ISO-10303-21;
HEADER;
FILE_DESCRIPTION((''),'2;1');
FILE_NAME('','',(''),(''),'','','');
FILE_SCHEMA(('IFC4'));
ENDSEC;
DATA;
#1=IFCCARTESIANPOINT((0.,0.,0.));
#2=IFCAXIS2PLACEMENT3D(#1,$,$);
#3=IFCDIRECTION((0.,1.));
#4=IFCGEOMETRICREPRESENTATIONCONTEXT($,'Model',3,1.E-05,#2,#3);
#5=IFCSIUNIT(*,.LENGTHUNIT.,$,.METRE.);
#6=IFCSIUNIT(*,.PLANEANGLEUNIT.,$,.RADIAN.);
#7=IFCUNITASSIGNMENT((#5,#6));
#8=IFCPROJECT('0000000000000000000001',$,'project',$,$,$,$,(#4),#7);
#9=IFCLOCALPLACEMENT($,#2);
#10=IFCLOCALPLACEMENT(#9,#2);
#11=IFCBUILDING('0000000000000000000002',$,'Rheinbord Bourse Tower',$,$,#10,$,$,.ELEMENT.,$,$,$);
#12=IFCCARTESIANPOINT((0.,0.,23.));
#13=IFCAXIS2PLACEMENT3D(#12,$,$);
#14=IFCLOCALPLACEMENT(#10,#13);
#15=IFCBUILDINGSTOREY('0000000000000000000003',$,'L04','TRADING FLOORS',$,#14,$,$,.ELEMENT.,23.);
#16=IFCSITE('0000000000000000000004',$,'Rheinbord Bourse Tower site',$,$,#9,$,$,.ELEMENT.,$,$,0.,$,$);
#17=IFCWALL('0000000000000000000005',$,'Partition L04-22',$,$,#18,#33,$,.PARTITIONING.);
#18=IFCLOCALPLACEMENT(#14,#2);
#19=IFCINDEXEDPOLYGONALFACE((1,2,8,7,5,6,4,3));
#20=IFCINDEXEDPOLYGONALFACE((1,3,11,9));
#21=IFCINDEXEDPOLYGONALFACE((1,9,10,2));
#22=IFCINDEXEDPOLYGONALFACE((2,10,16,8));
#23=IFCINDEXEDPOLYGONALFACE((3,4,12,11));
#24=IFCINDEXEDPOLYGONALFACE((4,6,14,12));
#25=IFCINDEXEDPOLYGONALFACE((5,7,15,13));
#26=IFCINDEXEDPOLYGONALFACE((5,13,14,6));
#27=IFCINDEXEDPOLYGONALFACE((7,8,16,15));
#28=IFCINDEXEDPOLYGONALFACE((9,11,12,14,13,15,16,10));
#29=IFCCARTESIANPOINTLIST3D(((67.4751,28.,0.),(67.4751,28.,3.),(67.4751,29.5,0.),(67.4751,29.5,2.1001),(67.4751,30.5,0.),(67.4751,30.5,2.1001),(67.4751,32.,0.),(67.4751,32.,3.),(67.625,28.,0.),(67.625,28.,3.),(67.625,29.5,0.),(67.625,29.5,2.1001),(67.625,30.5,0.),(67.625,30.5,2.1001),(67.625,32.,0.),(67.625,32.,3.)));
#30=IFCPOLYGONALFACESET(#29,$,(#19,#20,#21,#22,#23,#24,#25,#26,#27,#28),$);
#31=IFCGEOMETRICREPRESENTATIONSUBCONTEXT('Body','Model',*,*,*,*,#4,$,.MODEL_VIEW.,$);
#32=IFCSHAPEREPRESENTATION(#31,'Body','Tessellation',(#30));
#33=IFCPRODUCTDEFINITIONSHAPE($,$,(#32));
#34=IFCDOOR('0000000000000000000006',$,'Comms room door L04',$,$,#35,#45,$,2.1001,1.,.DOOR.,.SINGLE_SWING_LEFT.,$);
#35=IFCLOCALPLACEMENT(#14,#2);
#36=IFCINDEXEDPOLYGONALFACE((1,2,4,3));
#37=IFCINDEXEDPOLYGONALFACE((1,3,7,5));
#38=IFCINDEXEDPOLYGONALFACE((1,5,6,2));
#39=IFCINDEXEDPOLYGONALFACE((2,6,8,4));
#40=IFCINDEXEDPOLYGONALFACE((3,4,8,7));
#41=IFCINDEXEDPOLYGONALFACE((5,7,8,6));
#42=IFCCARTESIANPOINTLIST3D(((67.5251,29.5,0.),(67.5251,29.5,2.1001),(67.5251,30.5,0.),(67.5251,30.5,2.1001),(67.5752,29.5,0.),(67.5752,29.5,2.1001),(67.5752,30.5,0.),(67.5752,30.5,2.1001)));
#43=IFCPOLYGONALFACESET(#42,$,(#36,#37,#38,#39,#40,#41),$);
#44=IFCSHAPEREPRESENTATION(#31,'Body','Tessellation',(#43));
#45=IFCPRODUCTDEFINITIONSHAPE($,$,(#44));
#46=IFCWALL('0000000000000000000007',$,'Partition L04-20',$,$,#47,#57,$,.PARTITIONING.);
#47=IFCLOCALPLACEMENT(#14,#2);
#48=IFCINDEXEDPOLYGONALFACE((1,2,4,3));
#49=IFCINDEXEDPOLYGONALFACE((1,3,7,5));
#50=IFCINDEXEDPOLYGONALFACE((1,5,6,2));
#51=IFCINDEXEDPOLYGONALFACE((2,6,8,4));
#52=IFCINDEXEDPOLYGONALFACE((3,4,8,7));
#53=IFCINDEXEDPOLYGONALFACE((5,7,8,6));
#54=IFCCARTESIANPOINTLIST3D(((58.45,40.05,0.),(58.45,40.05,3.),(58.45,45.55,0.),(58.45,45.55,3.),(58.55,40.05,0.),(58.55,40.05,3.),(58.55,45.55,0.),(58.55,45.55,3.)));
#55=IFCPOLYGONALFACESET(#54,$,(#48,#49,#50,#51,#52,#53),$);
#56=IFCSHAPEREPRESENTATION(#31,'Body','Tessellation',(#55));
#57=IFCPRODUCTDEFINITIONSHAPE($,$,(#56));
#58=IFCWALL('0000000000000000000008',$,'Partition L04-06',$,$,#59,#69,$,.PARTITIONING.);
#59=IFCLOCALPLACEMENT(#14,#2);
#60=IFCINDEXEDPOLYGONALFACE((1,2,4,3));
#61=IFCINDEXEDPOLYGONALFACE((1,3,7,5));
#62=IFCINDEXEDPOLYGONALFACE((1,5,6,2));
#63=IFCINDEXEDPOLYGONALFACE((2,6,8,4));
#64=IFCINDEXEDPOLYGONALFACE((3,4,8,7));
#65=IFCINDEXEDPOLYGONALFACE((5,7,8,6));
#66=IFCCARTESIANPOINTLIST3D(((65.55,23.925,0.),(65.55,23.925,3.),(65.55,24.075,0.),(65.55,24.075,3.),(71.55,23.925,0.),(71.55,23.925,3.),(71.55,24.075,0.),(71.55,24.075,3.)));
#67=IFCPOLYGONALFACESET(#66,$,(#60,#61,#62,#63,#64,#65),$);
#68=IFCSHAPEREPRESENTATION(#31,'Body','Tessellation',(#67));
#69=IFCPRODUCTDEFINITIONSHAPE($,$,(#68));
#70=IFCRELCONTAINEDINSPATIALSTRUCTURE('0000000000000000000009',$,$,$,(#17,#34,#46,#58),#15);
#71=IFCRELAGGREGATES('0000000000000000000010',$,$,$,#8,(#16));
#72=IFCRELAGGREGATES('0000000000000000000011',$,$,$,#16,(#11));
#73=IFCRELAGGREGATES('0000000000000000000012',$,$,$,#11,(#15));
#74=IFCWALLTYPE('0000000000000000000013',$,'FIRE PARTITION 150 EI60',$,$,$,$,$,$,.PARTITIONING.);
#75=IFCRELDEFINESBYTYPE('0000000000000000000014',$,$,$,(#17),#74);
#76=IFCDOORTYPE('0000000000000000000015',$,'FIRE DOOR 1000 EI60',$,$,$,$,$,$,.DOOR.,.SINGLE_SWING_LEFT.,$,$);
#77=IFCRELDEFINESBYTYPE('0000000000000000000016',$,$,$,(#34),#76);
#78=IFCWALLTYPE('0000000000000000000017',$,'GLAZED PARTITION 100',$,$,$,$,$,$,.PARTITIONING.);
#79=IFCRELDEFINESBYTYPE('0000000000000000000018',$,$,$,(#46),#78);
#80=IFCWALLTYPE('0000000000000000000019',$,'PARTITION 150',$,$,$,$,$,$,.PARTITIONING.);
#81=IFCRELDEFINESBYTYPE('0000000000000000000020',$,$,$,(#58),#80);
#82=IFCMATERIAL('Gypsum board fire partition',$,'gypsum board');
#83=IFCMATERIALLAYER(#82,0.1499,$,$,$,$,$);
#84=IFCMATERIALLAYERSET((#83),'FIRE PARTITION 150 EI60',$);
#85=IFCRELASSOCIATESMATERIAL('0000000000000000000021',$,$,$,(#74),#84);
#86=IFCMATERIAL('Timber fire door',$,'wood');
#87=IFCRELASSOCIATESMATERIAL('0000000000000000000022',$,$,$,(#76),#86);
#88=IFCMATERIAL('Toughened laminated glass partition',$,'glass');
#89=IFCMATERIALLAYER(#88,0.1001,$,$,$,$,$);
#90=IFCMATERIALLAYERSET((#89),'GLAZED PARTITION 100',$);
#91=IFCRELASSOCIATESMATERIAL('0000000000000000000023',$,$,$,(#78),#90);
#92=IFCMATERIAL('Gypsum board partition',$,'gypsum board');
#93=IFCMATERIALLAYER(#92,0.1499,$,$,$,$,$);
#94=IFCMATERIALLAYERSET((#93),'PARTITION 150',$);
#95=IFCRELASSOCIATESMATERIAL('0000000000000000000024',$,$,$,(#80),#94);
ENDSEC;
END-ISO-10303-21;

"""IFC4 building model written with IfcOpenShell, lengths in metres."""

from ifc_helpers import new_model, si_unit, direction, frame, frame_2d, origin, place, context, subcontext, project, spatial, rectangle, extrude, material, layer, layer_set, type_object, element, fill, save


model = new_model("IFC4")

# Units and contexts
model_context = context("Model", 3, precision=1e-05, world=origin(), true_north=direction((0.0, 1.0)))
body_context = subcontext(model_context, "Body", "Model", "MODEL_VIEW")
ifc_project = project(units=[si_unit("LENGTHUNIT", "METRE"), si_unit("PLANEANGLEUNIT", "RADIAN")], contexts=[model_context])

# Site, building, storey
site_placement = place(None, origin())
site = spatial("IfcSite", under=ifc_project, at=site_placement, Name="Rheinbord Bourse Tower site", CompositionType="ELEMENT", RefElevation=0.0)
building_placement = place(site_placement, origin())
building = spatial("IfcBuilding", under=site, at=building_placement, Name="Rheinbord Bourse Tower", CompositionType="ELEMENT")
storey_placement = place(building_placement, frame((0.0, 0.0, 23.0)))
storey = spatial("IfcBuildingStorey", under=building, at=storey_placement, Name="L04", Description="TRADING FLOORS", CompositionType="ELEMENT", Elevation=23.0)

# Shared definitions
ifc_material_1 = material(Name="Gypsum board fire partition", Category="gypsum board")
ifc_layer_1 = layer(ifc_material_1, 0.1499)
ifc_layer_set_1 = layer_set([ifc_layer_1], Name="FIRE PARTITION 150 EI60")
wall_type_1 = type_object("IfcWallType", Name="FIRE PARTITION 150 EI60", PredefinedType="PARTITIONING", material=ifc_layer_set_1)

# Wall, opening, door
wall_1_placement = place(storey_placement, frame((67.55, 28.0, 0.0), z_axis=(0.0, 0.0, 1.0), x_axis=(0.0, 1.0, 0.0)))
wall_1 = element("IfcWall", 1, at=wall_1_placement, inside=storey, type_object=wall_type_1, Name="Partition L04-22", PredefinedType="PARTITIONING", context=body_context, shape_type="SweptSolid", body=[
    extrude(rectangle(XDim=4.0, YDim=0.1499, at=frame_2d((2.0, 0.0))), origin(), (0.0, 0.0, 1.0), 3.0),
])
opening_placement = place(wall_1_placement, frame((1.5, 0.0, 0.0)))
opening = element("IfcOpeningElement", 2, at=opening_placement, cuts=wall_1, PredefinedType="OPENING", context=body_context, shape_type="SweptSolid", body=[
    extrude(rectangle(XDim=1.0, YDim=2.1001, at=frame_2d((0.5, 1.05))), frame((0.0, 0.085, 0.0), z_axis=(0.0, -1.0, 0.0), x_axis=(1.0, 0.0, 0.0)), (0.0, 0.0, 1.0), 0.1699),
])
ifc_material_2 = material(Name="Timber fire door", Category="wood")
door_type = type_object("IfcDoorType", Name="FIRE DOOR 1000 EI60", OperationType="SINGLE_SWING_LEFT", PredefinedType="DOOR", material=ifc_material_2)
door_placement = place(opening_placement, origin())
door = element("IfcDoor", 3, at=door_placement, inside=storey, type_object=door_type, Name="Comms room door L04", OperationType="SINGLE_SWING_LEFT", OverallHeight=2.1001, OverallWidth=1.0, PredefinedType="DOOR", context=body_context, shape_type="SweptSolid", body=[
    extrude(rectangle(XDim=1.0, YDim=2.1001, at=frame_2d((0.5, 1.05))), frame((0.0, 0.0249, 0.0), z_axis=(0.0, -1.0, 0.0), x_axis=(1.0, 0.0, 0.0)), (0.0, 0.0, 1.0), 0.05),
])
fill(opening, door)

# Walls
ifc_material_3 = material(Name="Toughened laminated glass partition", Category="glass")
ifc_layer_2 = layer(ifc_material_3, 0.1001)
ifc_layer_set_2 = layer_set([ifc_layer_2], Name="GLAZED PARTITION 100")
wall_type_2 = type_object("IfcWallType", Name="GLAZED PARTITION 100", PredefinedType="PARTITIONING", material=ifc_layer_set_2)
wall_2_placement = place(storey_placement, frame((58.5, 40.05, 0.0), z_axis=(0.0, 0.0, 1.0), x_axis=(0.0, 1.0, 0.0)))
element("IfcWall", 4, at=wall_2_placement, inside=storey, type_object=wall_type_2, Name="Partition L04-20", PredefinedType="PARTITIONING", context=body_context, shape_type="SweptSolid", body=[
    extrude(rectangle(XDim=5.5, YDim=0.1001, at=frame_2d((2.75, 0.0))), origin(), (0.0, 0.0, 1.0), 3.0),
])
ifc_material_4 = material(Name="Gypsum board partition", Category="gypsum board")
ifc_layer_3 = layer(ifc_material_4, 0.1499)
ifc_layer_set_3 = layer_set([ifc_layer_3], Name="PARTITION 150")
wall_type_3 = type_object("IfcWallType", Name="PARTITION 150", PredefinedType="PARTITIONING", material=ifc_layer_set_3)
wall_3_placement = place(storey_placement, frame((65.55, 24.0, 0.0), z_axis=(0.0, 0.0, 1.0), x_axis=(1.0, 0.0, 0.0)))
element("IfcWall", 5, at=wall_3_placement, inside=storey, type_object=wall_type_3, Name="Partition L04-06", PredefinedType="PARTITIONING", context=body_context, shape_type="SweptSolid", body=[
    extrude(rectangle(XDim=6.0, YDim=0.1499, at=frame_2d((3.0, 0.0))), origin(), (0.0, 0.0, 1.0), 3.0),
])

save(model, "model.ifc")
